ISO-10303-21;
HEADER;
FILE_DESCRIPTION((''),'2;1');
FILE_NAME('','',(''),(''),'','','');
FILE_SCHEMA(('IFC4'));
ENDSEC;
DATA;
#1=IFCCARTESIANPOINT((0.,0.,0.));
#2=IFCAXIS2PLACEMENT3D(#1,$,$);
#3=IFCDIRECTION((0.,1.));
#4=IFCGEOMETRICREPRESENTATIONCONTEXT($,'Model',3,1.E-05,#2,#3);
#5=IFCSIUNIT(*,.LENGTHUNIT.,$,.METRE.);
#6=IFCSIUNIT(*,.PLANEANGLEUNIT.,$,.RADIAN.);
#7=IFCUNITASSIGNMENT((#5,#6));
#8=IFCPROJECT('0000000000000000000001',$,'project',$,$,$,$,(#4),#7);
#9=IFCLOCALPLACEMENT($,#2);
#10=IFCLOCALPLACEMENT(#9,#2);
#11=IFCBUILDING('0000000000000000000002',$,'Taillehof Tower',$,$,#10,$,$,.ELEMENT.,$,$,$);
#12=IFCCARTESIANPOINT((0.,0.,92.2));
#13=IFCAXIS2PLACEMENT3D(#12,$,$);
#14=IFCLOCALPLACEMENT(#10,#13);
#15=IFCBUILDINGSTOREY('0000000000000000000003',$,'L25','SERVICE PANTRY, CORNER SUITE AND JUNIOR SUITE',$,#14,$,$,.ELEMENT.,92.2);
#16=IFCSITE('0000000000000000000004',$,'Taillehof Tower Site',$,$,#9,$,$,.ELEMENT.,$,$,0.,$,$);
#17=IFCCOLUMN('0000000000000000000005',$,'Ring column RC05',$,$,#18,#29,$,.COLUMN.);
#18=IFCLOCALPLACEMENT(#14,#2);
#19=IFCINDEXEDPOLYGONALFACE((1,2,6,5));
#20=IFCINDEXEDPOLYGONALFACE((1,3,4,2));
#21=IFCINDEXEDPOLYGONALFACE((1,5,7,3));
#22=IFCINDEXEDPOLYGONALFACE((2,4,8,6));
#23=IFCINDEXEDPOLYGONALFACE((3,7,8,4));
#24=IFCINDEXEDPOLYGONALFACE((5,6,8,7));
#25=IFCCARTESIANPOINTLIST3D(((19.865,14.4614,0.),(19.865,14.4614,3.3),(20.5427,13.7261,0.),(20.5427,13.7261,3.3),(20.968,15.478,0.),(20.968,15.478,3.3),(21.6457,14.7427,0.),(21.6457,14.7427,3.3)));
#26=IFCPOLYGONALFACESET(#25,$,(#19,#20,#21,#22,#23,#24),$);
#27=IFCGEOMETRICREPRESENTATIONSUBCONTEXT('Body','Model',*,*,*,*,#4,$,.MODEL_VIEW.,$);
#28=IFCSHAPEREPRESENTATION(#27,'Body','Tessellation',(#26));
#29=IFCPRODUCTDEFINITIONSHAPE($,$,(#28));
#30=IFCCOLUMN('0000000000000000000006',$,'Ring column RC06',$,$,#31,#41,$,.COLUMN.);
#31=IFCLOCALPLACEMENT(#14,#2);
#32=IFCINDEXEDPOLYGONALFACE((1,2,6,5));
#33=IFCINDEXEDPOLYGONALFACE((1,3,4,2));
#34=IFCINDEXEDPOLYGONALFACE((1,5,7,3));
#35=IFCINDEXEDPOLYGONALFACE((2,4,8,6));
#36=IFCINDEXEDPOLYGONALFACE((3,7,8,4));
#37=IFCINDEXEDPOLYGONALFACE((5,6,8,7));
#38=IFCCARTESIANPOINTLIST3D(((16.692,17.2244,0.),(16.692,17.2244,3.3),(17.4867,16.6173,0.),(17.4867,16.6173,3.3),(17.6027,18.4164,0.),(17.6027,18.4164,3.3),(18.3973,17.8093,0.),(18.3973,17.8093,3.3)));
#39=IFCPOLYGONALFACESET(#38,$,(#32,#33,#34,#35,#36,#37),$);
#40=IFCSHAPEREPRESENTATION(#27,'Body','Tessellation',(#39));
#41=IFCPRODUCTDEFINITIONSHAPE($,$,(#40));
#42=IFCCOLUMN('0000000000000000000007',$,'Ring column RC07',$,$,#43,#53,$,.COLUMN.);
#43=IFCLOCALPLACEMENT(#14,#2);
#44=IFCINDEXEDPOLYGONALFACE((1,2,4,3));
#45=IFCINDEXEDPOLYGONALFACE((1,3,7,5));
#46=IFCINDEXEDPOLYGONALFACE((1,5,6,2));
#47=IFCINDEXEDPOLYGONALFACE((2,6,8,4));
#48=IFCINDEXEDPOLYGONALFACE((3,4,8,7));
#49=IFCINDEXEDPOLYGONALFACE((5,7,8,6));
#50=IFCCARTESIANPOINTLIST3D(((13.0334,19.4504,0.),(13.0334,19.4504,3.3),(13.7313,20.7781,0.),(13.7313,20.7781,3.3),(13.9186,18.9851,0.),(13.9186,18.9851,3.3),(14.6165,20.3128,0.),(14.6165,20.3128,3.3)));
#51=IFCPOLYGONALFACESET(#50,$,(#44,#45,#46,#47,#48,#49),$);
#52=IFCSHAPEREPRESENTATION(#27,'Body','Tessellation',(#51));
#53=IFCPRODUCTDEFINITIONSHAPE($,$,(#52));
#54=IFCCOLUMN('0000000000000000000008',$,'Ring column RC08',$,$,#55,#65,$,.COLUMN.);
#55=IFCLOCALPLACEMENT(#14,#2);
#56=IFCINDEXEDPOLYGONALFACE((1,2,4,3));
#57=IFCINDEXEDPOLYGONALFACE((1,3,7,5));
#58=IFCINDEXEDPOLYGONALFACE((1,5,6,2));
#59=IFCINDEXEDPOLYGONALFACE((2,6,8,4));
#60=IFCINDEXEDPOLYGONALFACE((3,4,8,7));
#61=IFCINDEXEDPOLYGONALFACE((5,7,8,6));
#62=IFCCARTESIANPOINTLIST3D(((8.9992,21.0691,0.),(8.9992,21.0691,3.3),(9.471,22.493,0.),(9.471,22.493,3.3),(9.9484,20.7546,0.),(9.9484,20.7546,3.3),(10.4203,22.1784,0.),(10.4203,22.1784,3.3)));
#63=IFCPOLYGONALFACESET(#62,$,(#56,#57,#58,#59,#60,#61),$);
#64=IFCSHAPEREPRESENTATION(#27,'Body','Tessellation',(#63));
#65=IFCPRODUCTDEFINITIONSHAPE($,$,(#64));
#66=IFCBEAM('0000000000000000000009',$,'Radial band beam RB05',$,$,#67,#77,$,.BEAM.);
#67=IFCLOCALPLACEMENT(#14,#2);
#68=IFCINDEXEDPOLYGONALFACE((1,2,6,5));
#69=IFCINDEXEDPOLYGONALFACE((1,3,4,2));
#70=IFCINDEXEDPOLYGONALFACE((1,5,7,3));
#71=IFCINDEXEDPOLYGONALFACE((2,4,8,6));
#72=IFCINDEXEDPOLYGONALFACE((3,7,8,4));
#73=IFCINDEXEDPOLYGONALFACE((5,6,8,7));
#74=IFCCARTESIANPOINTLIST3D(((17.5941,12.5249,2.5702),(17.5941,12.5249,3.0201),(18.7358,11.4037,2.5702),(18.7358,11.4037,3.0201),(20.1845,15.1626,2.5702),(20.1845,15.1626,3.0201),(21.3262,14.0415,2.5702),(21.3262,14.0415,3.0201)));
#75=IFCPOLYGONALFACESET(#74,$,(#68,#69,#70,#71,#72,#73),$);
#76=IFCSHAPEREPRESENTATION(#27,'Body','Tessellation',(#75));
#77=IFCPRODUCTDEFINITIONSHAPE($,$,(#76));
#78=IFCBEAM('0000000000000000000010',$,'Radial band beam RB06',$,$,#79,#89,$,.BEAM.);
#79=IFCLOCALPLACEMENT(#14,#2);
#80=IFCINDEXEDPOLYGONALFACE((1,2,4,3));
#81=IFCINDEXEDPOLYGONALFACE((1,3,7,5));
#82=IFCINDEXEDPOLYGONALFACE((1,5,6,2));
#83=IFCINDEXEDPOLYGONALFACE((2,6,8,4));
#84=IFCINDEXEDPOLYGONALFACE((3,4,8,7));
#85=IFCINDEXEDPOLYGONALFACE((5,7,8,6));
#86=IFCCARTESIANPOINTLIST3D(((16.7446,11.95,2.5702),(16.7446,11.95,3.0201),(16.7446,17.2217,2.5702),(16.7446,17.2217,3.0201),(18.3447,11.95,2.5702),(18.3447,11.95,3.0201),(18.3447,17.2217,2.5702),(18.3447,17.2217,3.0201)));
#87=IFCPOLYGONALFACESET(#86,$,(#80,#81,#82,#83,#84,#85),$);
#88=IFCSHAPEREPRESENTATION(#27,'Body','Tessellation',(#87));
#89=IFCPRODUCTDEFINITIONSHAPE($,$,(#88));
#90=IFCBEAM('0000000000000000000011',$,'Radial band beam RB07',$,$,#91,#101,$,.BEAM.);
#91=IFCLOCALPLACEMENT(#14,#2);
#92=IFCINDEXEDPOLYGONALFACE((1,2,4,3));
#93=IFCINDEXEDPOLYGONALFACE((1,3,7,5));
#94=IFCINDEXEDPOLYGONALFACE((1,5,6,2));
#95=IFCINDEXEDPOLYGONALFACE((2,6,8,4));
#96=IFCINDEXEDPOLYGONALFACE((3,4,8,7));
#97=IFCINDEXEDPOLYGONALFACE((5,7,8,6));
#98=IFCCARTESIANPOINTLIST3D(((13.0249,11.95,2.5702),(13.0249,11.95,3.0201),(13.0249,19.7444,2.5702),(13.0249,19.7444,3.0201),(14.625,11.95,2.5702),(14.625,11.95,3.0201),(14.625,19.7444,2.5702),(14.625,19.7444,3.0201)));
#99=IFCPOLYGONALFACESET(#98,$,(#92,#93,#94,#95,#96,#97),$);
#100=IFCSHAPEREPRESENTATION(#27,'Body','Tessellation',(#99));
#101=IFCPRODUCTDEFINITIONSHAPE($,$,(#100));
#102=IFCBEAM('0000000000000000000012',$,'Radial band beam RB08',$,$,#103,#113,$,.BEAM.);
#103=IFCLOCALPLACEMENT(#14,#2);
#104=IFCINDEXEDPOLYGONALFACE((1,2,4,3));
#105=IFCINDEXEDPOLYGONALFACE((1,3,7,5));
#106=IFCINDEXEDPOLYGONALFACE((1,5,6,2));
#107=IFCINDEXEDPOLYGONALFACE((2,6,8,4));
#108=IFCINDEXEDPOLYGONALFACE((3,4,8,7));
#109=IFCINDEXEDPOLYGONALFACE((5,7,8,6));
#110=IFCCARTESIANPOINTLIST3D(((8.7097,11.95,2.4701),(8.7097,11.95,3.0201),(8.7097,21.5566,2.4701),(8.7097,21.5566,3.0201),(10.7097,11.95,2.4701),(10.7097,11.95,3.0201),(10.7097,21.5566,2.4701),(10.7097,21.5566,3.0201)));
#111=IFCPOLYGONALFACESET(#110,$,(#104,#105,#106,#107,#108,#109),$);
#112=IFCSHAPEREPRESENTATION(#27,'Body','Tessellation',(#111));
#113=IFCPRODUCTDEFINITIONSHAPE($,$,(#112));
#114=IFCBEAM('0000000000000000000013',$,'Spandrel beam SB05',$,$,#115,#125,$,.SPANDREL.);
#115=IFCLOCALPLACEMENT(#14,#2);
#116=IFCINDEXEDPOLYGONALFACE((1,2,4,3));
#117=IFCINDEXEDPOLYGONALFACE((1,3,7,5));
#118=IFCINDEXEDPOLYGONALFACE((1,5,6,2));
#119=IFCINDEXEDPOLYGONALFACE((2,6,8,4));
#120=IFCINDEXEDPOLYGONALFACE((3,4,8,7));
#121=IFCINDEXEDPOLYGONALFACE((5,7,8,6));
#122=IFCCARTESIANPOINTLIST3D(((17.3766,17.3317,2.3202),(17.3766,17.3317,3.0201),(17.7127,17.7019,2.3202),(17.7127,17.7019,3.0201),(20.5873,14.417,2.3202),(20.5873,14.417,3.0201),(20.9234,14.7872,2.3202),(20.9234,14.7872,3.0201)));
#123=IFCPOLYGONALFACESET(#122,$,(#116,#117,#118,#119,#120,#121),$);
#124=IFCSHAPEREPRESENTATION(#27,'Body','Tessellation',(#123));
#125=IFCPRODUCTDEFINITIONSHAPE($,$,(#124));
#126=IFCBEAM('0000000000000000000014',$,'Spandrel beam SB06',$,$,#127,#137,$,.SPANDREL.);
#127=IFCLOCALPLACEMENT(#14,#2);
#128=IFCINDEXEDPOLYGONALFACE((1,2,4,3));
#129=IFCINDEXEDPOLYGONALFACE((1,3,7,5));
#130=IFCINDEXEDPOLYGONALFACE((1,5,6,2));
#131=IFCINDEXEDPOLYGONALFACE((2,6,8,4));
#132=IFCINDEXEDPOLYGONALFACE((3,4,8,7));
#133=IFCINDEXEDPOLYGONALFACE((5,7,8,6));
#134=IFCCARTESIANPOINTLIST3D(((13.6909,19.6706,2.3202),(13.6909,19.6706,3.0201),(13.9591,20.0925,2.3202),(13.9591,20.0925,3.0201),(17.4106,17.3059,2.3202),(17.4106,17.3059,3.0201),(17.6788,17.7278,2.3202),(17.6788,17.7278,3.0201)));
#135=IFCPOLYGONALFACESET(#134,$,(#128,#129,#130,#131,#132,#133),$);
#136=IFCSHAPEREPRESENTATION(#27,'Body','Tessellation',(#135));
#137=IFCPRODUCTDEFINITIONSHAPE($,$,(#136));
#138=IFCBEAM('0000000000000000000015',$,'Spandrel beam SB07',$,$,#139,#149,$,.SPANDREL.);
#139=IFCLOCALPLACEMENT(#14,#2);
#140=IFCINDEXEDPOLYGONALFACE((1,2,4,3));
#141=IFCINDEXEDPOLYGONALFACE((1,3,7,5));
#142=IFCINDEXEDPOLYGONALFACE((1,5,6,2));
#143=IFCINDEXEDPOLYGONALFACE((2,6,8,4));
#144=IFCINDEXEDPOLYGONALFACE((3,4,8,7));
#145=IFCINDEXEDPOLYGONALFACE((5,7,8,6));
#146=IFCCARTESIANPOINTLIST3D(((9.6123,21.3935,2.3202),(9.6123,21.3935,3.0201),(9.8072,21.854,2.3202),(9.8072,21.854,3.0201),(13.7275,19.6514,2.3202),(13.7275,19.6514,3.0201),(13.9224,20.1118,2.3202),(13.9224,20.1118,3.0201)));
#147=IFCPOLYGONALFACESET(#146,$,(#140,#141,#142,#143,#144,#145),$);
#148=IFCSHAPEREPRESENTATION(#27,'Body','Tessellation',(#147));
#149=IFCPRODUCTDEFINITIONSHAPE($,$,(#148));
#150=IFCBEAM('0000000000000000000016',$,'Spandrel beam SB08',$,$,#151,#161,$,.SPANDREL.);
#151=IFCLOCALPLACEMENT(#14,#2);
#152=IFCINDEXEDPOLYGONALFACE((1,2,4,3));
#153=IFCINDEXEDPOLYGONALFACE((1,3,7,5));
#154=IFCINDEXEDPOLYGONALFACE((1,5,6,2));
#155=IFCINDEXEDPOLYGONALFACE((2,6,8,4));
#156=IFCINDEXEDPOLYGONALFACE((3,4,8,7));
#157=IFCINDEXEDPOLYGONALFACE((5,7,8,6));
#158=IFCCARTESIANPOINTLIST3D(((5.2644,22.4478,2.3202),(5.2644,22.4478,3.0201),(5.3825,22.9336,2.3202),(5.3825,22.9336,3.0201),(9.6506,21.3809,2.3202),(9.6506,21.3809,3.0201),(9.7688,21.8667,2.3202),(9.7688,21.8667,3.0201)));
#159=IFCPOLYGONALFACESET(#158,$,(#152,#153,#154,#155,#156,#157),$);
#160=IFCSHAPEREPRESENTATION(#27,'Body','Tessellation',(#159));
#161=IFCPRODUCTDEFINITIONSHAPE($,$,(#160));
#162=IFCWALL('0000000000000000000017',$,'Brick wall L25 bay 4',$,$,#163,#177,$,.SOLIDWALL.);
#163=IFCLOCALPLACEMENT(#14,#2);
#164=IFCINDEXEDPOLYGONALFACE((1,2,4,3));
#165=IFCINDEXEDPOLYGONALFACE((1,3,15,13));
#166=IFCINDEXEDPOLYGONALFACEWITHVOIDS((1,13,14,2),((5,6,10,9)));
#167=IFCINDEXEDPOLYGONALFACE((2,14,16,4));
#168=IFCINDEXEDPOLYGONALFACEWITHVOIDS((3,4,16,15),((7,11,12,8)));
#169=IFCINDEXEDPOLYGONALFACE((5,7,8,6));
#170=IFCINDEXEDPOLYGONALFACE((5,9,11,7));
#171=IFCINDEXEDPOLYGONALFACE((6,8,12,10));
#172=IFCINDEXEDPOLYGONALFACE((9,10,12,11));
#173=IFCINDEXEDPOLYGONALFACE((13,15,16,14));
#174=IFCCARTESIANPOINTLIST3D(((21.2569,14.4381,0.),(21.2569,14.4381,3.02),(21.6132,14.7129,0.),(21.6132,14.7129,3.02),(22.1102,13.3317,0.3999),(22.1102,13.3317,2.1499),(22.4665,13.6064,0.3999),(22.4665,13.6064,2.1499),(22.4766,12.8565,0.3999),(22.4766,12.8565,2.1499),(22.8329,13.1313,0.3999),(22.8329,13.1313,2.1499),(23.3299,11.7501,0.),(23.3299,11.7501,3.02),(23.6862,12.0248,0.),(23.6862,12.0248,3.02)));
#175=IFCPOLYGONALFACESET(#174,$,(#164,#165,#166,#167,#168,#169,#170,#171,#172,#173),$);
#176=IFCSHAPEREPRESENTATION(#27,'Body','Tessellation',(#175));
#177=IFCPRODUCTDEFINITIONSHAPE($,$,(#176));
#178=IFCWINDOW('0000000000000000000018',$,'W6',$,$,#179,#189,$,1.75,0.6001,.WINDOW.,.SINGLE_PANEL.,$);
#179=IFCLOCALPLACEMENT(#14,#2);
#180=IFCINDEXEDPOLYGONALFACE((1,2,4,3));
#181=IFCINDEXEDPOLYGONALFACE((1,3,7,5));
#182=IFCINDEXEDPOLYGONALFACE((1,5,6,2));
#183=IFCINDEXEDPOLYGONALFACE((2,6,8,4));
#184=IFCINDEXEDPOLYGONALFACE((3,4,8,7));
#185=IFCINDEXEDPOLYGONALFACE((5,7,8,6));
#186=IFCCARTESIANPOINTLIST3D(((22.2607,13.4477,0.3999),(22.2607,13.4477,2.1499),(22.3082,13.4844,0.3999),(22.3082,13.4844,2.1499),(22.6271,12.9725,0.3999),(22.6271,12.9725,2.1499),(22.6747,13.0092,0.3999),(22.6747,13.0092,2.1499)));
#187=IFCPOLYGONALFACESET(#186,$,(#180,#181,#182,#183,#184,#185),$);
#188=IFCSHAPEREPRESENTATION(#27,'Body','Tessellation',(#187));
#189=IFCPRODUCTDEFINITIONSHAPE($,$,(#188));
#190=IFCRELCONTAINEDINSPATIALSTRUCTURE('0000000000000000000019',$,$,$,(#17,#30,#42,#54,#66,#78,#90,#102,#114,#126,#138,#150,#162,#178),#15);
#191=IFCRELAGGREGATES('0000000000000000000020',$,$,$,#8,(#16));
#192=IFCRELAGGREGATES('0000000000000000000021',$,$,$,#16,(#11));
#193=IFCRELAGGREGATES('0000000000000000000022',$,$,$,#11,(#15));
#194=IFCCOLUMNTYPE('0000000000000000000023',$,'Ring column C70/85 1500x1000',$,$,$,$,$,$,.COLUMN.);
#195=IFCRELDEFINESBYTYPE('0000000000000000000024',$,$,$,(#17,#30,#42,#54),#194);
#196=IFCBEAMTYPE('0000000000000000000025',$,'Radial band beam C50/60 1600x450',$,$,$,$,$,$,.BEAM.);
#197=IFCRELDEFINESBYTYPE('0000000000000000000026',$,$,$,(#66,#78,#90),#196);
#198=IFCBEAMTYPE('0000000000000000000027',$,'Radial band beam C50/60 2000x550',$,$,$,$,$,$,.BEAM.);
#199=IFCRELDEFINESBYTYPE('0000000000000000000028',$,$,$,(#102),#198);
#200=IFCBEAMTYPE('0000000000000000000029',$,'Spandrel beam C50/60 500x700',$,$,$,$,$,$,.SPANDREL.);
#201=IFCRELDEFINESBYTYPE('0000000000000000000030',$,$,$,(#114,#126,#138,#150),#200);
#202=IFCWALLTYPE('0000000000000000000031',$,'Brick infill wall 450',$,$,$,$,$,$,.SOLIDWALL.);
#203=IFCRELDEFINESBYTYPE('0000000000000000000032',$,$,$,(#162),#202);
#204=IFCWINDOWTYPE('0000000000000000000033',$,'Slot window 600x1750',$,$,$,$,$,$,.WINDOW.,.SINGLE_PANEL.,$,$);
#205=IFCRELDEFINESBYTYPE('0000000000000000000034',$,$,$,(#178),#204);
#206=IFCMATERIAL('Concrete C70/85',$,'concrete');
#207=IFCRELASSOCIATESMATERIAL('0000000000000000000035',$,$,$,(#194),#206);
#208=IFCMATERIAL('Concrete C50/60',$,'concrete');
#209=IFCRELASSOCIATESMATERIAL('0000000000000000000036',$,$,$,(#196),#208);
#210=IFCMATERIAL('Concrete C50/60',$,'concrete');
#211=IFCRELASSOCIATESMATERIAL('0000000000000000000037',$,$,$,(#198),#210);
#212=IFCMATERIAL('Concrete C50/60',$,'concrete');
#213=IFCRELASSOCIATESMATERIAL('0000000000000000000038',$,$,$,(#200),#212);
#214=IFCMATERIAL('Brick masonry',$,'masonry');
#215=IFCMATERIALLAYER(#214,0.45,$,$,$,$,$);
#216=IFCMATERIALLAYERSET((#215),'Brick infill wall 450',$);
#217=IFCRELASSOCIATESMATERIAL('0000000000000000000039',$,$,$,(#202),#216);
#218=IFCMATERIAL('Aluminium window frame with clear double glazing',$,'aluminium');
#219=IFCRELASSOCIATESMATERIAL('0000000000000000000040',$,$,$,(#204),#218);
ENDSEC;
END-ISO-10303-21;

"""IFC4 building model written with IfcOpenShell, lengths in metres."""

from ifc_helpers import new_model, si_unit, direction, frame, frame_2d, origin, origin_2d, place, context, subcontext, project, spatial, rectangle, extrude, material, layer, layer_set, material_profile, profile_set, type_object, element, fill, save


model = new_model("IFC4")

# Units and contexts
model_context = context("Model", 3, precision=1e-05, world=origin(), true_north=direction((0.0, 1.0)))
body_context = subcontext(model_context, "Body", "Model", "MODEL_VIEW")
ifc_project = project(units=[si_unit("LENGTHUNIT", "METRE"), si_unit("PLANEANGLEUNIT", "RADIAN")], contexts=[model_context])

# Site, building, storey
site_placement = place(None, origin())
site = spatial("IfcSite", under=ifc_project, at=site_placement, Name="Taillehof Tower Site", CompositionType="ELEMENT", RefElevation=0.0)
building_placement = place(site_placement, origin())
building = spatial("IfcBuilding", under=site, at=building_placement, Name="Taillehof Tower", CompositionType="ELEMENT")
storey_placement = place(building_placement, frame((0.0, 0.0, 92.2)))
storey = spatial("IfcBuildingStorey", under=building, at=storey_placement, Name="L25", Description="SERVICE PANTRY, CORNER SUITE AND JUNIOR SUITE", CompositionType="ELEMENT", Elevation=92.2)

# Columns
ifc_material_1 = material(Name="Concrete C70/85", Category="concrete")
ifc_material_profile_1 = material_profile(ifc_material_1, rectangle(XDim=1.5, YDim=1.0, at=origin_2d()), Name="RC 1500x1000")
ifc_profile_set_1 = profile_set([ifc_material_profile_1], Name="Concrete C70/85")
column_type = type_object("IfcColumnType", Name="Ring column C70/85 1500x1000", PredefinedType="COLUMN", material=ifc_profile_set_1)
for number, where, z_axis, x_axis, name in (
    (1, (20.7554, 14.6021, 0.0), (0.0, 0.0, 1.0), (0.735332, 0.677707, 0.0), "Ring column RC05"),
    (2, (17.5447, 17.5168, 0.0), (0.0, 0.0, 1.0), (0.607074, 0.794645, 0.0), "Ring column RC06"),
    (3, (13.825, 19.8816, 0.0), (0.0, 0.0, 1.0), (0.465283, 0.885162, 0.0), "Ring column RC07"),
    (4, (9.7097, 21.6238, 0.0), (0.0, 0.0, 1.0), (0.314555, 0.949239, 0.0), "Ring column RC08"),
):
    element("IfcColumn", number, at=place(storey_placement, frame(where, z_axis=z_axis, x_axis=x_axis)), inside=storey, type_object=column_type, Name=name, PredefinedType="COLUMN", context=body_context, shape_type="SweptSolid", body=[
        extrude(rectangle(XDim=1.5, YDim=1.0, at=origin_2d()), origin(), (0.0, 0.0, 1.0), 3.3),
    ])

# Beams
ifc_material_2 = material(Name="Concrete C50/60", Category="concrete")
ifc_material_profile_2 = material_profile(ifc_material_2, rectangle(XDim=1.6001, YDim=0.45, at=origin_2d()), Name="RC 1600x450")
ifc_profile_set_2 = profile_set([ifc_material_profile_2], Name="Concrete C50/60")
beam_type_1 = type_object("IfcBeamType", Name="Radial band beam C50/60 1600x450", PredefinedType="BEAM", material=ifc_profile_set_2)
beam_1_placement = place(storey_placement, frame((20.7554, 14.6021, 2.7952), z_axis=(-0.700672, -0.713484, 0.0), x_axis=(0.713484, -0.700672, 0.0)))
element("IfcBeam", 5, at=beam_1_placement, inside=storey, type_object=beam_type_1, Name="Radial band beam RB05", PredefinedType="BEAM", context=body_context, shape_type="SweptSolid", body=[
    extrude(rectangle(XDim=1.6001, YDim=0.45, at=origin_2d()), origin(), (0.0, 0.0, 1.0), 3.697),
])
beam_2_placement = place(storey_placement, frame((17.5447, 17.2217, 2.7952), z_axis=(0.0, -1.0, 0.0), x_axis=(1.0, 0.0, 0.0)))
element("IfcBeam", 6, at=beam_2_placement, inside=storey, type_object=beam_type_1, Name="Radial band beam RB06", PredefinedType="BEAM", context=body_context, shape_type="SweptSolid", body=[
    extrude(rectangle(XDim=1.6001, YDim=0.45, at=origin_2d()), origin(), (0.0, 0.0, 1.0), 5.2717),
])
beam_3_placement = place(storey_placement, frame((13.825, 19.7444, 2.7952), z_axis=(0.0, -1.0, 0.0), x_axis=(1.0, 0.0, 0.0)))
element("IfcBeam", 7, at=beam_3_placement, inside=storey, type_object=beam_type_1, Name="Radial band beam RB07", PredefinedType="BEAM", context=body_context, shape_type="SweptSolid", body=[
    extrude(rectangle(XDim=1.6001, YDim=0.45, at=origin_2d()), origin(), (0.0, 0.0, 1.0), 7.7944),
])
ifc_material_3 = material(Name="Concrete C50/60", Category="concrete")
ifc_material_profile_3 = material_profile(ifc_material_3, rectangle(XDim=2.0, YDim=0.55, at=origin_2d()), Name="RC 2000x550")
ifc_profile_set_3 = profile_set([ifc_material_profile_3], Name="Concrete C50/60")
beam_type_2 = type_object("IfcBeamType", Name="Radial band beam C50/60 2000x550", PredefinedType="BEAM", material=ifc_profile_set_3)
beam_4_placement = place(storey_placement, frame((9.7097, 21.5566, 2.7451), z_axis=(0.0, -1.0, 0.0), x_axis=(1.0, 0.0, 0.0)))
element("IfcBeam", 8, at=beam_4_placement, inside=storey, type_object=beam_type_2, Name="Radial band beam RB08", PredefinedType="BEAM", context=body_context, shape_type="SweptSolid", body=[
    extrude(rectangle(XDim=2.0, YDim=0.55, at=origin_2d()), origin(), (0.0, 0.0, 1.0), 9.6067),
])
ifc_material_4 = material(Name="Concrete C50/60", Category="concrete")
ifc_material_profile_4 = material_profile(ifc_material_4, rectangle(XDim=0.5, YDim=0.7, at=origin_2d()), Name="RC 500x700")
ifc_profile_set_4 = profile_set([ifc_material_profile_4], Name="Concrete C50/60")
beam_type_3 = type_object("IfcBeamType", Name="Spandrel beam C50/60 500x700", PredefinedType="SPANDREL", material=ifc_profile_set_4)
beam_5_placement = place(storey_placement, frame((20.7554, 14.6021, 2.6702), z_axis=(-0.740401, 0.672165, 0.0), x_axis=(-0.672165, -0.740401, 0.0)))
element("IfcBeam", 9, at=beam_5_placement, inside=storey, type_object=beam_type_3, Name="Spandrel beam SB05", PredefinedType="SPANDREL", context=body_context, shape_type="SweptSolid", body=[
    extrude(rectangle(XDim=0.5, YDim=0.7, at=origin_2d()), origin(), (0.0, 0.0, 1.0), 4.3364),
])
beam_6_placement = place(storey_placement, frame((17.5447, 17.5168, 2.6702), z_axis=(-0.843903, 0.536496, 0.0), x_axis=(-0.536496, -0.843903, 0.0)))
element("IfcBeam", 10, at=beam_6_placement, inside=storey, type_object=beam_type_3, Name="Spandrel beam SB06", PredefinedType="SPANDREL", context=body_context, shape_type="SweptSolid", body=[
    extrude(rectangle(XDim=0.5, YDim=0.7, at=origin_2d()), origin(), (0.0, 0.0, 1.0), 4.4077),
])
beam_7_placement = place(storey_placement, frame((13.825, 19.8816, 2.6702), z_axis=(-0.920877, 0.389854, 0.0), x_axis=(-0.389854, -0.920877, 0.0)))
element("IfcBeam", 11, at=beam_7_placement, inside=storey, type_object=beam_type_3, Name="Spandrel beam SB07", PredefinedType="SPANDREL", context=body_context, shape_type="SweptSolid", body=[
    extrude(rectangle(XDim=0.5, YDim=0.7, at=origin_2d()), origin(), (0.0, 0.0, 1.0), 4.4688),
])
beam_8_placement = place(storey_placement, frame((9.7097, 21.6238, 2.6702), z_axis=(-0.971669, 0.236346, 0.0), x_axis=(-0.236346, -0.971669, 0.0)))
element("IfcBeam", 12, at=beam_8_placement, inside=storey, type_object=beam_type_3, Name="Spandrel beam SB08", PredefinedType="SPANDREL", context=body_context, shape_type="SweptSolid", body=[
    extrude(rectangle(XDim=0.5, YDim=0.7, at=origin_2d()), origin(), (0.0, 0.0, 1.0), 4.5142),
])

# Wall, opening, window
ifc_material_5 = material(Name="Brick masonry", Category="masonry")
ifc_layer_1 = layer(ifc_material_5, 0.45)
ifc_layer_set_1 = layer_set([ifc_layer_1], Name="Brick infill wall 450")
wall_type_1 = type_object("IfcWallType", Name="Brick infill wall 450", PredefinedType="SOLIDWALL", material=ifc_layer_set_1)
wall_1_placement = place(storey_placement, frame((23.5081, 11.8875, 0.0), z_axis=(0.0, 0.0, 1.0), x_axis=(-0.610694, 0.791867, 0.0)))
wall_1 = element("IfcWall", 13, at=wall_1_placement, inside=storey, type_object=wall_type_1, Name="Brick wall L25 bay 4", PredefinedType="SOLIDWALL", context=body_context, shape_type="SweptSolid", body=[
    extrude(rectangle(XDim=3.3945, YDim=0.45, at=frame_2d((1.6973, 0.0))), origin(), (0.0, 0.0, 1.0), 3.02),
])
opening_1_placement = place(wall_1_placement, frame((1.3972, 0.0, 0.3999)))
opening_1 = element("IfcOpeningElement", 14, at=opening_1_placement, cuts=wall_1, PredefinedType="OPENING", context=body_context, shape_type="SweptSolid", body=[
    extrude(rectangle(XDim=0.6001, YDim=1.75, at=frame_2d((0.3, 0.875))), frame((0.0, 0.2349, 0.0), z_axis=(0.0, -1.0, 0.0), x_axis=(1.0, 0.0, 0.0)), (0.0, 0.0, 1.0), 0.47),
])
ifc_material_6 = material(Name="Aluminium window frame with clear double glazing", Category="aluminium")
window_type_1 = type_object("IfcWindowType", Name="Slot window 600x1750", PartitioningType="SINGLE_PANEL", PredefinedType="WINDOW", material=ifc_material_6)
window_1_placement = place(opening_1_placement, origin())
window_1 = element("IfcWindow", 15, at=window_1_placement, inside=storey, type_object=window_type_1, Name="W6", OverallHeight=1.75, OverallWidth=0.6001, PartitioningType="SINGLE_PANEL", PredefinedType="WINDOW", context=body_context, shape_type="SweptSolid", body=[
    extrude(rectangle(XDim=0.6001, YDim=1.75, at=frame_2d((0.3, 0.875))), frame((0.0, 0.0349, 0.0), z_axis=(0.0, -1.0, 0.0), x_axis=(1.0, 0.0, 0.0)), (0.0, 0.0, 1.0), 0.0601),
])
fill(opening_1, window_1)

save(model, "model.ifc")
